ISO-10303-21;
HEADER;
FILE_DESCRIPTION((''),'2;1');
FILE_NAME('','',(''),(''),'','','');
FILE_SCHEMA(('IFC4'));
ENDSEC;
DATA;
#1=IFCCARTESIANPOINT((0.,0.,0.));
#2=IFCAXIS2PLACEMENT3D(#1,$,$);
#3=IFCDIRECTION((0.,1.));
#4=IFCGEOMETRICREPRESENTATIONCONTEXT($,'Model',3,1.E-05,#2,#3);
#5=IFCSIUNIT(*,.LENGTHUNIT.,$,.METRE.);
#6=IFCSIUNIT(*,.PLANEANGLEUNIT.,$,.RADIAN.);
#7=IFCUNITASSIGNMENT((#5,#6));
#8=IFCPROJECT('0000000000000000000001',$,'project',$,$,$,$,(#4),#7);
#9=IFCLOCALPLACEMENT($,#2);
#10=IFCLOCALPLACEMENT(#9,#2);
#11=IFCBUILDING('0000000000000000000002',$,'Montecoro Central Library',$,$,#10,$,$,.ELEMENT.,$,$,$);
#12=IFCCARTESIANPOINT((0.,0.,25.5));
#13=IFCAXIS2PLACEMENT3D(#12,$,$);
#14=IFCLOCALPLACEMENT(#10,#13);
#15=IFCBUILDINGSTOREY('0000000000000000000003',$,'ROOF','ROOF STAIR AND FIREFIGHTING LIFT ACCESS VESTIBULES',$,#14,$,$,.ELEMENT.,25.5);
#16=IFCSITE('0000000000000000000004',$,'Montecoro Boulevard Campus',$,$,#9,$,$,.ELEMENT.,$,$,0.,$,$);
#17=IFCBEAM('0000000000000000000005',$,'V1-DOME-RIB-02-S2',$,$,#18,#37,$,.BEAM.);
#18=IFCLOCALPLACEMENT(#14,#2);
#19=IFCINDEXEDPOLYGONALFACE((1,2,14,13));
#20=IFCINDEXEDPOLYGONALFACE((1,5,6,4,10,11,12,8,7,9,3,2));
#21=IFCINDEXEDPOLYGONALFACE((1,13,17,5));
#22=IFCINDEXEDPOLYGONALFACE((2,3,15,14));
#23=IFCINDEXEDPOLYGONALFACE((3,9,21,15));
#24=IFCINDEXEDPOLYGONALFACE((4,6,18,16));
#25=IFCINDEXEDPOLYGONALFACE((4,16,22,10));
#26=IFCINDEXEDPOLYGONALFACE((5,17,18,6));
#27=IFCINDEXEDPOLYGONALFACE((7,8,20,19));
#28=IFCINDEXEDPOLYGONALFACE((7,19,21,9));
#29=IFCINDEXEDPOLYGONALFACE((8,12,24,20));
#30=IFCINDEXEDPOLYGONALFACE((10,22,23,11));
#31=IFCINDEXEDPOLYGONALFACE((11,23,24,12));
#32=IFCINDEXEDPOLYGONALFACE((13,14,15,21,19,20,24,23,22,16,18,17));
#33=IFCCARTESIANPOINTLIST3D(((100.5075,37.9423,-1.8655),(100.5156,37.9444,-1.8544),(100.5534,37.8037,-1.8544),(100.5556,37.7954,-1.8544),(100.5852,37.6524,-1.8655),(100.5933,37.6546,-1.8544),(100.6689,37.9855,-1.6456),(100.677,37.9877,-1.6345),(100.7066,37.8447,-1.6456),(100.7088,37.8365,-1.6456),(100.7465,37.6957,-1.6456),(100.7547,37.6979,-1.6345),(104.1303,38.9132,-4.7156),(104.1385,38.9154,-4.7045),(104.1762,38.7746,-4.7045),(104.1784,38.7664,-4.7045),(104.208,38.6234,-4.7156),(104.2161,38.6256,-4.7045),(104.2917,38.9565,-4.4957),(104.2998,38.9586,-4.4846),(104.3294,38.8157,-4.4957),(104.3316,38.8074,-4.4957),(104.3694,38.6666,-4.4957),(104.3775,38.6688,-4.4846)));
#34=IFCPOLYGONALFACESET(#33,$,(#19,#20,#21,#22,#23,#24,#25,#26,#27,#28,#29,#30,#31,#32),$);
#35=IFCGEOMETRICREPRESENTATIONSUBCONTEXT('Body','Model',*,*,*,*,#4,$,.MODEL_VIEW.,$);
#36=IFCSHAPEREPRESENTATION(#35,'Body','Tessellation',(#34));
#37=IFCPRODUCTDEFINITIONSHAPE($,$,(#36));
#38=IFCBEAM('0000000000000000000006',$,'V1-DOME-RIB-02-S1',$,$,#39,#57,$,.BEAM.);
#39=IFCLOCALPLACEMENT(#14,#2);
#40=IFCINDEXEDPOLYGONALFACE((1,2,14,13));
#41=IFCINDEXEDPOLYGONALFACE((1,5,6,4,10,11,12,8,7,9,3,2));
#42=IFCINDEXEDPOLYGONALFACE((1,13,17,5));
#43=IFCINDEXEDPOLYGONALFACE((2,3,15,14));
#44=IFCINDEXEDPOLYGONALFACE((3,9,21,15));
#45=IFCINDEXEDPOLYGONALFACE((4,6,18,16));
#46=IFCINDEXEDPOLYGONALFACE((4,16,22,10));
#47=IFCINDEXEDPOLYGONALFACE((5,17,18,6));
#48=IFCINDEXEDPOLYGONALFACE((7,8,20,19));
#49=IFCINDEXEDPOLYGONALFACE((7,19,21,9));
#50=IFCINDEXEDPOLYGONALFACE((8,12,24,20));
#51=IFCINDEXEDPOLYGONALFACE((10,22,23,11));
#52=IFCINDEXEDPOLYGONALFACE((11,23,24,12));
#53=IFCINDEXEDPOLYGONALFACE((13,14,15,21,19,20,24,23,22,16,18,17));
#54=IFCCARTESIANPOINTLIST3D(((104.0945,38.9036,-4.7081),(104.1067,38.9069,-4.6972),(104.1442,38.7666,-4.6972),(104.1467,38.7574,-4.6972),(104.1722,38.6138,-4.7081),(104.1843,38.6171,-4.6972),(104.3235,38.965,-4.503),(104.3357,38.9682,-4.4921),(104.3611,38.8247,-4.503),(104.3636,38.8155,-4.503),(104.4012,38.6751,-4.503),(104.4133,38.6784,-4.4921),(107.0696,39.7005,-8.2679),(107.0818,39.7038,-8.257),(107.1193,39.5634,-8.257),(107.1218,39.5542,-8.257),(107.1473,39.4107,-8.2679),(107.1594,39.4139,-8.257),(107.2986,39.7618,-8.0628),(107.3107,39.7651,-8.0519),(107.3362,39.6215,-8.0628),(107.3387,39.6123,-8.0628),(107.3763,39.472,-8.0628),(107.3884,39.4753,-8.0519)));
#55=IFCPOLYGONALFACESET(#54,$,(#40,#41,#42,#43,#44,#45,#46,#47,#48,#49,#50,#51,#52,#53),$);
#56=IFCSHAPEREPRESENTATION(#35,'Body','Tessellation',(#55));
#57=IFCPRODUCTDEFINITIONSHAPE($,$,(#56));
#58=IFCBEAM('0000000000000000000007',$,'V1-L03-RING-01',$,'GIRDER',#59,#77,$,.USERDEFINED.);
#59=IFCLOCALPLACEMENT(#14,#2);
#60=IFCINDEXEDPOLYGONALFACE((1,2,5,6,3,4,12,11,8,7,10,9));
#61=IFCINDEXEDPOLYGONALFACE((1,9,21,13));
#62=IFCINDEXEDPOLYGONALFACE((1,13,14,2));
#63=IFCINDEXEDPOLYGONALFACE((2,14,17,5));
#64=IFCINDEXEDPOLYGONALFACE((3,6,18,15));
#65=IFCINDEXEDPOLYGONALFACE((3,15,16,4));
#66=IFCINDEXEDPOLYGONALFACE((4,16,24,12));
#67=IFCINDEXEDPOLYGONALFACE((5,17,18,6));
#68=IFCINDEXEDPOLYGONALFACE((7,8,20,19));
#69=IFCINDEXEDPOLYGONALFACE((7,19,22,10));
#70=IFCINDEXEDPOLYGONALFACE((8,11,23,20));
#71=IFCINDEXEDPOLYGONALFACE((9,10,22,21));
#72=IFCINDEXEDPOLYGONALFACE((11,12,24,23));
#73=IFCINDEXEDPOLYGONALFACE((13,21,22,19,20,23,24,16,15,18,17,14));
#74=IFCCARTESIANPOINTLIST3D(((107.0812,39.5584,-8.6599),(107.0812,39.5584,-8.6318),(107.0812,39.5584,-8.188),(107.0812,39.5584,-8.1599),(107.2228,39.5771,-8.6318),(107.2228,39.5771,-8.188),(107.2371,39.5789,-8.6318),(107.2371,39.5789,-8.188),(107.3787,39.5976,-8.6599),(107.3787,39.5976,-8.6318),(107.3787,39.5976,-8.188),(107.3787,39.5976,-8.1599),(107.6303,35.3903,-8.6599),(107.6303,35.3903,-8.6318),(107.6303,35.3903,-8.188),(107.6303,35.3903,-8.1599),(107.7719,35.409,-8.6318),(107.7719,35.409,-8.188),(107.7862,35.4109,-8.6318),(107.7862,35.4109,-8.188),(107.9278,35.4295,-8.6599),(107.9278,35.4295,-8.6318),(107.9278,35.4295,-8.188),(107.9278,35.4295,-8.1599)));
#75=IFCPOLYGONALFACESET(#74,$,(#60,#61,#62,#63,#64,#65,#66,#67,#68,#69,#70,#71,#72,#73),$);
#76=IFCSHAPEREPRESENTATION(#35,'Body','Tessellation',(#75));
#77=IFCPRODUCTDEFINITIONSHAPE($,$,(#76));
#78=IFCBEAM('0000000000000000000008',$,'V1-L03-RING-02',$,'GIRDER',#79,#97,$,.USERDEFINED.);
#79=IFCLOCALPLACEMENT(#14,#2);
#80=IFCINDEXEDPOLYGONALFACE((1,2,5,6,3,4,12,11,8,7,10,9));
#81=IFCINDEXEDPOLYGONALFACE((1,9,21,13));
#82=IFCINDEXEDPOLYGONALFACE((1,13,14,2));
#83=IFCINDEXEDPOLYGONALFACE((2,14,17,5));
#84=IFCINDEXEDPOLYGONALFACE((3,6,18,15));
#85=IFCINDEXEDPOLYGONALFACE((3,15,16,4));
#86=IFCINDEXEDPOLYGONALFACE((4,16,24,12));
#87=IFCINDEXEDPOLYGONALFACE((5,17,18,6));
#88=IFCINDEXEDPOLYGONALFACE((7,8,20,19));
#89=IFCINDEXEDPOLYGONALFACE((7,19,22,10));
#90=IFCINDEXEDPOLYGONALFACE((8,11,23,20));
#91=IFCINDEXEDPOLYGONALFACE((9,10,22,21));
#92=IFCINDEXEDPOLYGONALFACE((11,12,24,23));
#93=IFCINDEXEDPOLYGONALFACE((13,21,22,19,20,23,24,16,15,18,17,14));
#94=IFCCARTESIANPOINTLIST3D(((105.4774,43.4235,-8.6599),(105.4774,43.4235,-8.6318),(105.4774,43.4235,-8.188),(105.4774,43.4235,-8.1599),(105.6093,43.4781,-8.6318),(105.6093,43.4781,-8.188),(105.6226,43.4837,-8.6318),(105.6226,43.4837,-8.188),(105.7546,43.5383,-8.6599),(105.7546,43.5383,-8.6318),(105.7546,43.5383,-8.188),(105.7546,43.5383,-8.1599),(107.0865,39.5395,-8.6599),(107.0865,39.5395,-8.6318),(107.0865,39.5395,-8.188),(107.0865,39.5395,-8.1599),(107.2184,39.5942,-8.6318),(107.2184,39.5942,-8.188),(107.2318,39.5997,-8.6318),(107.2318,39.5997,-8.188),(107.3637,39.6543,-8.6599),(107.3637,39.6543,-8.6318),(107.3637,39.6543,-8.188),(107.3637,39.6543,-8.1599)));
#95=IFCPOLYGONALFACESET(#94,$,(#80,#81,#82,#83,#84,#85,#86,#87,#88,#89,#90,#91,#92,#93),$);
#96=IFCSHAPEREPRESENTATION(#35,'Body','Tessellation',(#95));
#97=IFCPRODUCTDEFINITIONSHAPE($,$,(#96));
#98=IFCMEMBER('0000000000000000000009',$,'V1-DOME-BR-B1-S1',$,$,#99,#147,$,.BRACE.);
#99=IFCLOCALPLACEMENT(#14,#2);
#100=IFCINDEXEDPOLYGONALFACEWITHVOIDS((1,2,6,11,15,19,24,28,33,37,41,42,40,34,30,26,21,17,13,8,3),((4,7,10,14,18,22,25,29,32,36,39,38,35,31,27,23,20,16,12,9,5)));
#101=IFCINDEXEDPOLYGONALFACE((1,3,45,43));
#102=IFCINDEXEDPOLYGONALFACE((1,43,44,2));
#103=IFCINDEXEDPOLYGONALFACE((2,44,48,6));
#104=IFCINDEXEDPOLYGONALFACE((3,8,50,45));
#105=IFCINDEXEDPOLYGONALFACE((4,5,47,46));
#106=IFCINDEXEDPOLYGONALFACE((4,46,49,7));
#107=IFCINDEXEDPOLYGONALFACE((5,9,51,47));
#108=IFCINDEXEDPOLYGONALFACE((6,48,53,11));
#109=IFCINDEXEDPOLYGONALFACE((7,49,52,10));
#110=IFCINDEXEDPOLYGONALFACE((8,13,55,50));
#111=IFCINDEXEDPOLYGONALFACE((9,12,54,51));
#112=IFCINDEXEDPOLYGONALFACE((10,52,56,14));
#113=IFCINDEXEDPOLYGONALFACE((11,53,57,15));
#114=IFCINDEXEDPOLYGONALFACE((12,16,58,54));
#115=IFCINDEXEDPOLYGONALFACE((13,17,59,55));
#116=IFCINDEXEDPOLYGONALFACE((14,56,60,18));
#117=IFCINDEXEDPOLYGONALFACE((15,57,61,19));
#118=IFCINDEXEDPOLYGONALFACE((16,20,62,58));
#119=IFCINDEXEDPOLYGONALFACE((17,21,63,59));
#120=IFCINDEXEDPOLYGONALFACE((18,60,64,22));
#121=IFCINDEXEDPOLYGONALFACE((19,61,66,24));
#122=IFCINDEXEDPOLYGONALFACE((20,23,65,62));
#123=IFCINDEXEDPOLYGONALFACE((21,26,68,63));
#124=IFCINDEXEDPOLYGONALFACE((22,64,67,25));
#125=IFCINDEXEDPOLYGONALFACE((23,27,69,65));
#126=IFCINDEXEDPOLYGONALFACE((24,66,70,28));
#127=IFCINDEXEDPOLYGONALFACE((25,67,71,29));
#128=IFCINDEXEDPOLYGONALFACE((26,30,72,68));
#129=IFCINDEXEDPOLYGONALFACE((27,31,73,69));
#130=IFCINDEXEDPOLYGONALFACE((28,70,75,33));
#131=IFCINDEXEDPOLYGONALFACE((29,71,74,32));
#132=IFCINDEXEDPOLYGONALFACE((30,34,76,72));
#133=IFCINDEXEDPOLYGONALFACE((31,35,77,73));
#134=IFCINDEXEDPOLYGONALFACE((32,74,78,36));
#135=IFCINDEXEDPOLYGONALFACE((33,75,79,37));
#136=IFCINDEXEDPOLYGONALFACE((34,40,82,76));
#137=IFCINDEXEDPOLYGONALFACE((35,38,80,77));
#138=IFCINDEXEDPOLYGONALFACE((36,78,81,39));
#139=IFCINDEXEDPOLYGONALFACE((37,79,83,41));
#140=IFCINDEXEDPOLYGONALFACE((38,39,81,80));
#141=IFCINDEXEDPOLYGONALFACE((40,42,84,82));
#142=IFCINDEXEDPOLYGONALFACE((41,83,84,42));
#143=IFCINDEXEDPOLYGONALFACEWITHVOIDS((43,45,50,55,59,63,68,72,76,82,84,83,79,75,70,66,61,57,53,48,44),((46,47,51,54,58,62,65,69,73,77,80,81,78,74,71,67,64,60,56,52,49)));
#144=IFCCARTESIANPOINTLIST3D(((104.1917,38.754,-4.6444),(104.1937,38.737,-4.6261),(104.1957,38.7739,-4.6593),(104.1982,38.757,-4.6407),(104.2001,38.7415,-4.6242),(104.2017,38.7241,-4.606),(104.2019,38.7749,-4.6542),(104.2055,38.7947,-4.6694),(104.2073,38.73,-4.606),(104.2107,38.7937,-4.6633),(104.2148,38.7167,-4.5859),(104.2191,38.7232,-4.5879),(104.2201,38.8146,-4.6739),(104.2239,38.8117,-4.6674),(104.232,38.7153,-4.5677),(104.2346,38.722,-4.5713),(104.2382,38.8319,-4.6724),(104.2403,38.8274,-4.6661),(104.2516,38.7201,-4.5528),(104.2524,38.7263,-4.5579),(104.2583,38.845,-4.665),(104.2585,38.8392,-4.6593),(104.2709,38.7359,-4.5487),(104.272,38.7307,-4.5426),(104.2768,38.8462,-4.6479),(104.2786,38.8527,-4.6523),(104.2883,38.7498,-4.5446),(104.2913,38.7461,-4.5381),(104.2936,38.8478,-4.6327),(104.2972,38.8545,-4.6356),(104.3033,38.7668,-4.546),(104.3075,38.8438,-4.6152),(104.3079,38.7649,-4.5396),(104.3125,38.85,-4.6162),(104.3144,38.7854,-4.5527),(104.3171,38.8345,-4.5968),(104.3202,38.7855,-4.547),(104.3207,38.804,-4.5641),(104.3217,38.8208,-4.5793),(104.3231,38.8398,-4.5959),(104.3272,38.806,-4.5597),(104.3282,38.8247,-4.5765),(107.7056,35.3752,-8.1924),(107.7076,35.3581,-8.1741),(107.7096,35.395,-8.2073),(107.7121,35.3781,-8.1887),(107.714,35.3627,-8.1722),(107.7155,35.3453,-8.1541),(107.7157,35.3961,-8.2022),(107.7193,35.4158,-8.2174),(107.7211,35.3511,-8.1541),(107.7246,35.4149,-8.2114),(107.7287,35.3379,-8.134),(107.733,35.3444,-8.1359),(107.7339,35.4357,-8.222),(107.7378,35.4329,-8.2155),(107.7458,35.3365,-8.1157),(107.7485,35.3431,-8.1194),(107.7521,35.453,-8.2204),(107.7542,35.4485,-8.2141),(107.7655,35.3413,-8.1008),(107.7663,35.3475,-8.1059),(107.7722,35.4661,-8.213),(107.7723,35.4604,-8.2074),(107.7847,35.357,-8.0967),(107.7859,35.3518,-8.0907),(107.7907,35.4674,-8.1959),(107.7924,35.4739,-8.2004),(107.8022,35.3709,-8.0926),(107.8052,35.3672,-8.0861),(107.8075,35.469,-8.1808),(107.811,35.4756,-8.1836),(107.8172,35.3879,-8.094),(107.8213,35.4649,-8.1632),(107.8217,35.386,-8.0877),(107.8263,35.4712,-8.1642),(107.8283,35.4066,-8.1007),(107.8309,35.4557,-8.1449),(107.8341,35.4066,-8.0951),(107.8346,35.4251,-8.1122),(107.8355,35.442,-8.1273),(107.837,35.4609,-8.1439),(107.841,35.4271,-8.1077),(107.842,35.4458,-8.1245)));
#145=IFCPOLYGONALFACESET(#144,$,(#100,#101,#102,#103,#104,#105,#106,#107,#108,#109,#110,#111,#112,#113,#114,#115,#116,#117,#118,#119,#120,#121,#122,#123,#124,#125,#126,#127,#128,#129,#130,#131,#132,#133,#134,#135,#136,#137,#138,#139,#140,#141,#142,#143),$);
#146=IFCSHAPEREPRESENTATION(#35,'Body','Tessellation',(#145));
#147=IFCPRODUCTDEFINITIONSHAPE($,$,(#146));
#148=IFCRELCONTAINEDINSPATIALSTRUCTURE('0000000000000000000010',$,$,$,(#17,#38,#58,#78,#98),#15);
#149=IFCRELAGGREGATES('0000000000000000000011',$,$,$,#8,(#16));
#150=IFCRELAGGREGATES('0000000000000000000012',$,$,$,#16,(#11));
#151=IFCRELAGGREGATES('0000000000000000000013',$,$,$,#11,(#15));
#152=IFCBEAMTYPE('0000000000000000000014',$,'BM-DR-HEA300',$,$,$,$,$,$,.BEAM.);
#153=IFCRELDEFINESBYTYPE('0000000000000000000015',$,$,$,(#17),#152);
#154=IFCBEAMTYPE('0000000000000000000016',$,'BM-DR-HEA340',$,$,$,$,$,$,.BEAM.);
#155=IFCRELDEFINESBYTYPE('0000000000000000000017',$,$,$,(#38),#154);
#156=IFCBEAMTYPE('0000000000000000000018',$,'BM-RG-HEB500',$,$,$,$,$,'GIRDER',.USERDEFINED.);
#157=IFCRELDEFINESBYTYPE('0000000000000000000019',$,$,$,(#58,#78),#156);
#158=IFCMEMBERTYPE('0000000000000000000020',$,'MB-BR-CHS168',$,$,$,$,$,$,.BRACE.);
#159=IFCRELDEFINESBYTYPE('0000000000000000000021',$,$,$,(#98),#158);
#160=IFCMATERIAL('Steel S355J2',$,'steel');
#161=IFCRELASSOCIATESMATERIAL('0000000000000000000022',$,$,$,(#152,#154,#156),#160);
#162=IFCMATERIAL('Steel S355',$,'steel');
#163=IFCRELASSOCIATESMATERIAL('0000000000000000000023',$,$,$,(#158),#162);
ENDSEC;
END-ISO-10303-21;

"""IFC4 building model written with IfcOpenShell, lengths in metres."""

from ifc_helpers import new_model, si_unit, direction, frame, origin, origin_2d, place, context, subcontext, project, spatial, hollow_circle, i_section, extrude, material, material_profile, profile_set, type_object, element, save


model = new_model("IFC4")

# Units and contexts
model_context = context("Model", 3, precision=1e-05, world=origin(), true_north=direction((0.0, 1.0)))
body_context = subcontext(model_context, "Body", "Model", "MODEL_VIEW")
ifc_project = project(units=[si_unit("LENGTHUNIT", "METRE"), si_unit("PLANEANGLEUNIT", "RADIAN")], contexts=[model_context])

# Site, building, storey
site_placement = place(None, origin())
site = spatial("IfcSite", under=ifc_project, at=site_placement, Name="Montecoro Boulevard Campus", CompositionType="ELEMENT", RefElevation=0.0)
building_placement = place(site_placement, origin())
building = spatial("IfcBuilding", under=site, at=building_placement, Name="Montecoro Central Library", CompositionType="ELEMENT")
storey_placement = place(building_placement, frame((0.0, 0.0, 25.5)))
storey = spatial("IfcBuildingStorey", under=building, at=storey_placement, Name="ROOF", Description="ROOF STAIR AND FIREFIGHTING LIFT ACCESS VESTIBULES", CompositionType="ELEMENT", Elevation=25.5)

# Beams
ifc_material_1 = material(Name="Steel S355J2", Category="steel")
ifc_material_profile_1 = material_profile(ifc_material_1, i_section(OverallWidth=0.3, OverallDepth=0.29, WebThickness=0.0085, FlangeThickness=0.0139, at=origin_2d()), Name="HEA 300")
ifc_profile_set_1 = profile_set([ifc_material_profile_1], Name="Steel S355J2")
beam_type_1 = type_object("IfcBeamType", Name="BM-DR-HEA300", PredefinedType="BEAM", material=ifc_profile_set_1)
beam_1_placement = place(storey_placement, frame((104.2539, 38.791, -4.6001), z_axis=(-0.769062, -0.206116, 0.605029), x_axis=(0.258874, -0.965911, 0.0)))
element("IfcBeam", 1, at=beam_1_placement, inside=storey, type_object=beam_type_1, Name="V1-DOME-RIB-02-S2", PredefinedType="BEAM", context=body_context, shape_type="SweptSolid", body=[
    extrude(i_section(OverallWidth=0.3, OverallDepth=0.29, WebThickness=0.0085, FlangeThickness=0.0139, at=origin_2d()), origin(), (0.0, 0.0, 1.0), 4.7107),
])
ifc_material_profile_2 = material_profile(ifc_material_1, i_section(OverallWidth=0.3, OverallDepth=0.3301, WebThickness=0.0095, FlangeThickness=0.0166, at=origin_2d()), Name="HEA 340")
ifc_profile_set_2 = profile_set([ifc_material_profile_2], Name="Steel S355J2")
beam_type_2 = type_object("IfcBeamType", Name="BM-DR-HEA340", PredefinedType="BEAM", material=ifc_profile_set_2)
beam_2_placement = place(storey_placement, frame((107.229, 39.5879, -8.1599), z_axis=(-0.63202, -0.169286, 0.756236), x_axis=(0.258728, -0.96595, 0.0)))
element("IfcBeam", 2, at=beam_2_placement, inside=storey, type_object=beam_type_2, Name="V1-DOME-RIB-02-S1", PredefinedType="BEAM", context=body_context, shape_type="SweptSolid", body=[
    extrude(i_section(OverallWidth=0.3, OverallDepth=0.3301, WebThickness=0.0095, FlangeThickness=0.0166, at=origin_2d()), origin(), (0.0, 0.0, 1.0), 4.7073),
])
ifc_material_profile_3 = material_profile(ifc_material_1, i_section(OverallWidth=0.3, OverallDepth=0.5, WebThickness=0.0144, FlangeThickness=0.0281, at=origin_2d()), Name="HEB 500")
ifc_profile_set_3 = profile_set([ifc_material_profile_3], Name="Steel S355J2")
beam_type_3 = type_object("IfcBeamType", Name="BM-RG-HEB500", ElementType="GIRDER", PredefinedType="USERDEFINED", material=ifc_profile_set_3)
for number, where, z_axis, x_axis, name in (
    (3, (107.7791, 35.4099, -8.4099), (-0.130608, 0.991434, 0.0), (-0.991434, -0.130608, 0.0), "V1-L03-RING-01"),
    (4, (107.2251, 39.5969, -8.4099), (-0.382747, 0.923853, 0.0), (-0.923853, -0.382747, 0.0), "V1-L03-RING-02"),
):
    element("IfcBeam", number, at=place(storey_placement, frame(where, z_axis=z_axis, x_axis=x_axis)), inside=storey, type_object=beam_type_3, Name=name, ObjectType="GIRDER", PredefinedType="USERDEFINED", context=body_context, shape_type="SweptSolid", body=[
        extrude(i_section(OverallWidth=0.3, OverallDepth=0.5, WebThickness=0.0144, FlangeThickness=0.0281, at=origin_2d()), origin(), (0.0, 0.0, 1.0), 4.2041),
    ])

# Member
ifc_material_2 = material(Name="Steel S355", Category="steel")
ifc_material_profile_4 = material_profile(ifc_material_2, hollow_circle(Radius=0.0842, WallThickness=0.0081, at=origin_2d()), Name="CHS 168.3x8.0")
ifc_profile_set_4 = profile_set([ifc_material_profile_4], Name="Steel S355")
member_type_1 = type_object("IfcMemberType", Name="MB-BR-CHS168", PredefinedType="BRACE", material=ifc_profile_set_4)
member_1_placement = place(storey_placement, frame((107.7739, 35.406, -8.1541), z_axis=(-0.582798, 0.560406, 0.588466), x_axis=(-0.693124, -0.720819, 0.0)))
element("IfcMember", 5, at=member_1_placement, inside=storey, type_object=member_type_1, Name="V1-DOME-BR-B1-S1", PredefinedType="BRACE", context=body_context, shape_type="SweptSolid", body=[
    extrude(hollow_circle(Radius=0.0842, WallThickness=0.0081, at=origin_2d()), origin(), (0.0, 0.0, 1.0), 6.0293),
])

save(model, "model.ifc")
